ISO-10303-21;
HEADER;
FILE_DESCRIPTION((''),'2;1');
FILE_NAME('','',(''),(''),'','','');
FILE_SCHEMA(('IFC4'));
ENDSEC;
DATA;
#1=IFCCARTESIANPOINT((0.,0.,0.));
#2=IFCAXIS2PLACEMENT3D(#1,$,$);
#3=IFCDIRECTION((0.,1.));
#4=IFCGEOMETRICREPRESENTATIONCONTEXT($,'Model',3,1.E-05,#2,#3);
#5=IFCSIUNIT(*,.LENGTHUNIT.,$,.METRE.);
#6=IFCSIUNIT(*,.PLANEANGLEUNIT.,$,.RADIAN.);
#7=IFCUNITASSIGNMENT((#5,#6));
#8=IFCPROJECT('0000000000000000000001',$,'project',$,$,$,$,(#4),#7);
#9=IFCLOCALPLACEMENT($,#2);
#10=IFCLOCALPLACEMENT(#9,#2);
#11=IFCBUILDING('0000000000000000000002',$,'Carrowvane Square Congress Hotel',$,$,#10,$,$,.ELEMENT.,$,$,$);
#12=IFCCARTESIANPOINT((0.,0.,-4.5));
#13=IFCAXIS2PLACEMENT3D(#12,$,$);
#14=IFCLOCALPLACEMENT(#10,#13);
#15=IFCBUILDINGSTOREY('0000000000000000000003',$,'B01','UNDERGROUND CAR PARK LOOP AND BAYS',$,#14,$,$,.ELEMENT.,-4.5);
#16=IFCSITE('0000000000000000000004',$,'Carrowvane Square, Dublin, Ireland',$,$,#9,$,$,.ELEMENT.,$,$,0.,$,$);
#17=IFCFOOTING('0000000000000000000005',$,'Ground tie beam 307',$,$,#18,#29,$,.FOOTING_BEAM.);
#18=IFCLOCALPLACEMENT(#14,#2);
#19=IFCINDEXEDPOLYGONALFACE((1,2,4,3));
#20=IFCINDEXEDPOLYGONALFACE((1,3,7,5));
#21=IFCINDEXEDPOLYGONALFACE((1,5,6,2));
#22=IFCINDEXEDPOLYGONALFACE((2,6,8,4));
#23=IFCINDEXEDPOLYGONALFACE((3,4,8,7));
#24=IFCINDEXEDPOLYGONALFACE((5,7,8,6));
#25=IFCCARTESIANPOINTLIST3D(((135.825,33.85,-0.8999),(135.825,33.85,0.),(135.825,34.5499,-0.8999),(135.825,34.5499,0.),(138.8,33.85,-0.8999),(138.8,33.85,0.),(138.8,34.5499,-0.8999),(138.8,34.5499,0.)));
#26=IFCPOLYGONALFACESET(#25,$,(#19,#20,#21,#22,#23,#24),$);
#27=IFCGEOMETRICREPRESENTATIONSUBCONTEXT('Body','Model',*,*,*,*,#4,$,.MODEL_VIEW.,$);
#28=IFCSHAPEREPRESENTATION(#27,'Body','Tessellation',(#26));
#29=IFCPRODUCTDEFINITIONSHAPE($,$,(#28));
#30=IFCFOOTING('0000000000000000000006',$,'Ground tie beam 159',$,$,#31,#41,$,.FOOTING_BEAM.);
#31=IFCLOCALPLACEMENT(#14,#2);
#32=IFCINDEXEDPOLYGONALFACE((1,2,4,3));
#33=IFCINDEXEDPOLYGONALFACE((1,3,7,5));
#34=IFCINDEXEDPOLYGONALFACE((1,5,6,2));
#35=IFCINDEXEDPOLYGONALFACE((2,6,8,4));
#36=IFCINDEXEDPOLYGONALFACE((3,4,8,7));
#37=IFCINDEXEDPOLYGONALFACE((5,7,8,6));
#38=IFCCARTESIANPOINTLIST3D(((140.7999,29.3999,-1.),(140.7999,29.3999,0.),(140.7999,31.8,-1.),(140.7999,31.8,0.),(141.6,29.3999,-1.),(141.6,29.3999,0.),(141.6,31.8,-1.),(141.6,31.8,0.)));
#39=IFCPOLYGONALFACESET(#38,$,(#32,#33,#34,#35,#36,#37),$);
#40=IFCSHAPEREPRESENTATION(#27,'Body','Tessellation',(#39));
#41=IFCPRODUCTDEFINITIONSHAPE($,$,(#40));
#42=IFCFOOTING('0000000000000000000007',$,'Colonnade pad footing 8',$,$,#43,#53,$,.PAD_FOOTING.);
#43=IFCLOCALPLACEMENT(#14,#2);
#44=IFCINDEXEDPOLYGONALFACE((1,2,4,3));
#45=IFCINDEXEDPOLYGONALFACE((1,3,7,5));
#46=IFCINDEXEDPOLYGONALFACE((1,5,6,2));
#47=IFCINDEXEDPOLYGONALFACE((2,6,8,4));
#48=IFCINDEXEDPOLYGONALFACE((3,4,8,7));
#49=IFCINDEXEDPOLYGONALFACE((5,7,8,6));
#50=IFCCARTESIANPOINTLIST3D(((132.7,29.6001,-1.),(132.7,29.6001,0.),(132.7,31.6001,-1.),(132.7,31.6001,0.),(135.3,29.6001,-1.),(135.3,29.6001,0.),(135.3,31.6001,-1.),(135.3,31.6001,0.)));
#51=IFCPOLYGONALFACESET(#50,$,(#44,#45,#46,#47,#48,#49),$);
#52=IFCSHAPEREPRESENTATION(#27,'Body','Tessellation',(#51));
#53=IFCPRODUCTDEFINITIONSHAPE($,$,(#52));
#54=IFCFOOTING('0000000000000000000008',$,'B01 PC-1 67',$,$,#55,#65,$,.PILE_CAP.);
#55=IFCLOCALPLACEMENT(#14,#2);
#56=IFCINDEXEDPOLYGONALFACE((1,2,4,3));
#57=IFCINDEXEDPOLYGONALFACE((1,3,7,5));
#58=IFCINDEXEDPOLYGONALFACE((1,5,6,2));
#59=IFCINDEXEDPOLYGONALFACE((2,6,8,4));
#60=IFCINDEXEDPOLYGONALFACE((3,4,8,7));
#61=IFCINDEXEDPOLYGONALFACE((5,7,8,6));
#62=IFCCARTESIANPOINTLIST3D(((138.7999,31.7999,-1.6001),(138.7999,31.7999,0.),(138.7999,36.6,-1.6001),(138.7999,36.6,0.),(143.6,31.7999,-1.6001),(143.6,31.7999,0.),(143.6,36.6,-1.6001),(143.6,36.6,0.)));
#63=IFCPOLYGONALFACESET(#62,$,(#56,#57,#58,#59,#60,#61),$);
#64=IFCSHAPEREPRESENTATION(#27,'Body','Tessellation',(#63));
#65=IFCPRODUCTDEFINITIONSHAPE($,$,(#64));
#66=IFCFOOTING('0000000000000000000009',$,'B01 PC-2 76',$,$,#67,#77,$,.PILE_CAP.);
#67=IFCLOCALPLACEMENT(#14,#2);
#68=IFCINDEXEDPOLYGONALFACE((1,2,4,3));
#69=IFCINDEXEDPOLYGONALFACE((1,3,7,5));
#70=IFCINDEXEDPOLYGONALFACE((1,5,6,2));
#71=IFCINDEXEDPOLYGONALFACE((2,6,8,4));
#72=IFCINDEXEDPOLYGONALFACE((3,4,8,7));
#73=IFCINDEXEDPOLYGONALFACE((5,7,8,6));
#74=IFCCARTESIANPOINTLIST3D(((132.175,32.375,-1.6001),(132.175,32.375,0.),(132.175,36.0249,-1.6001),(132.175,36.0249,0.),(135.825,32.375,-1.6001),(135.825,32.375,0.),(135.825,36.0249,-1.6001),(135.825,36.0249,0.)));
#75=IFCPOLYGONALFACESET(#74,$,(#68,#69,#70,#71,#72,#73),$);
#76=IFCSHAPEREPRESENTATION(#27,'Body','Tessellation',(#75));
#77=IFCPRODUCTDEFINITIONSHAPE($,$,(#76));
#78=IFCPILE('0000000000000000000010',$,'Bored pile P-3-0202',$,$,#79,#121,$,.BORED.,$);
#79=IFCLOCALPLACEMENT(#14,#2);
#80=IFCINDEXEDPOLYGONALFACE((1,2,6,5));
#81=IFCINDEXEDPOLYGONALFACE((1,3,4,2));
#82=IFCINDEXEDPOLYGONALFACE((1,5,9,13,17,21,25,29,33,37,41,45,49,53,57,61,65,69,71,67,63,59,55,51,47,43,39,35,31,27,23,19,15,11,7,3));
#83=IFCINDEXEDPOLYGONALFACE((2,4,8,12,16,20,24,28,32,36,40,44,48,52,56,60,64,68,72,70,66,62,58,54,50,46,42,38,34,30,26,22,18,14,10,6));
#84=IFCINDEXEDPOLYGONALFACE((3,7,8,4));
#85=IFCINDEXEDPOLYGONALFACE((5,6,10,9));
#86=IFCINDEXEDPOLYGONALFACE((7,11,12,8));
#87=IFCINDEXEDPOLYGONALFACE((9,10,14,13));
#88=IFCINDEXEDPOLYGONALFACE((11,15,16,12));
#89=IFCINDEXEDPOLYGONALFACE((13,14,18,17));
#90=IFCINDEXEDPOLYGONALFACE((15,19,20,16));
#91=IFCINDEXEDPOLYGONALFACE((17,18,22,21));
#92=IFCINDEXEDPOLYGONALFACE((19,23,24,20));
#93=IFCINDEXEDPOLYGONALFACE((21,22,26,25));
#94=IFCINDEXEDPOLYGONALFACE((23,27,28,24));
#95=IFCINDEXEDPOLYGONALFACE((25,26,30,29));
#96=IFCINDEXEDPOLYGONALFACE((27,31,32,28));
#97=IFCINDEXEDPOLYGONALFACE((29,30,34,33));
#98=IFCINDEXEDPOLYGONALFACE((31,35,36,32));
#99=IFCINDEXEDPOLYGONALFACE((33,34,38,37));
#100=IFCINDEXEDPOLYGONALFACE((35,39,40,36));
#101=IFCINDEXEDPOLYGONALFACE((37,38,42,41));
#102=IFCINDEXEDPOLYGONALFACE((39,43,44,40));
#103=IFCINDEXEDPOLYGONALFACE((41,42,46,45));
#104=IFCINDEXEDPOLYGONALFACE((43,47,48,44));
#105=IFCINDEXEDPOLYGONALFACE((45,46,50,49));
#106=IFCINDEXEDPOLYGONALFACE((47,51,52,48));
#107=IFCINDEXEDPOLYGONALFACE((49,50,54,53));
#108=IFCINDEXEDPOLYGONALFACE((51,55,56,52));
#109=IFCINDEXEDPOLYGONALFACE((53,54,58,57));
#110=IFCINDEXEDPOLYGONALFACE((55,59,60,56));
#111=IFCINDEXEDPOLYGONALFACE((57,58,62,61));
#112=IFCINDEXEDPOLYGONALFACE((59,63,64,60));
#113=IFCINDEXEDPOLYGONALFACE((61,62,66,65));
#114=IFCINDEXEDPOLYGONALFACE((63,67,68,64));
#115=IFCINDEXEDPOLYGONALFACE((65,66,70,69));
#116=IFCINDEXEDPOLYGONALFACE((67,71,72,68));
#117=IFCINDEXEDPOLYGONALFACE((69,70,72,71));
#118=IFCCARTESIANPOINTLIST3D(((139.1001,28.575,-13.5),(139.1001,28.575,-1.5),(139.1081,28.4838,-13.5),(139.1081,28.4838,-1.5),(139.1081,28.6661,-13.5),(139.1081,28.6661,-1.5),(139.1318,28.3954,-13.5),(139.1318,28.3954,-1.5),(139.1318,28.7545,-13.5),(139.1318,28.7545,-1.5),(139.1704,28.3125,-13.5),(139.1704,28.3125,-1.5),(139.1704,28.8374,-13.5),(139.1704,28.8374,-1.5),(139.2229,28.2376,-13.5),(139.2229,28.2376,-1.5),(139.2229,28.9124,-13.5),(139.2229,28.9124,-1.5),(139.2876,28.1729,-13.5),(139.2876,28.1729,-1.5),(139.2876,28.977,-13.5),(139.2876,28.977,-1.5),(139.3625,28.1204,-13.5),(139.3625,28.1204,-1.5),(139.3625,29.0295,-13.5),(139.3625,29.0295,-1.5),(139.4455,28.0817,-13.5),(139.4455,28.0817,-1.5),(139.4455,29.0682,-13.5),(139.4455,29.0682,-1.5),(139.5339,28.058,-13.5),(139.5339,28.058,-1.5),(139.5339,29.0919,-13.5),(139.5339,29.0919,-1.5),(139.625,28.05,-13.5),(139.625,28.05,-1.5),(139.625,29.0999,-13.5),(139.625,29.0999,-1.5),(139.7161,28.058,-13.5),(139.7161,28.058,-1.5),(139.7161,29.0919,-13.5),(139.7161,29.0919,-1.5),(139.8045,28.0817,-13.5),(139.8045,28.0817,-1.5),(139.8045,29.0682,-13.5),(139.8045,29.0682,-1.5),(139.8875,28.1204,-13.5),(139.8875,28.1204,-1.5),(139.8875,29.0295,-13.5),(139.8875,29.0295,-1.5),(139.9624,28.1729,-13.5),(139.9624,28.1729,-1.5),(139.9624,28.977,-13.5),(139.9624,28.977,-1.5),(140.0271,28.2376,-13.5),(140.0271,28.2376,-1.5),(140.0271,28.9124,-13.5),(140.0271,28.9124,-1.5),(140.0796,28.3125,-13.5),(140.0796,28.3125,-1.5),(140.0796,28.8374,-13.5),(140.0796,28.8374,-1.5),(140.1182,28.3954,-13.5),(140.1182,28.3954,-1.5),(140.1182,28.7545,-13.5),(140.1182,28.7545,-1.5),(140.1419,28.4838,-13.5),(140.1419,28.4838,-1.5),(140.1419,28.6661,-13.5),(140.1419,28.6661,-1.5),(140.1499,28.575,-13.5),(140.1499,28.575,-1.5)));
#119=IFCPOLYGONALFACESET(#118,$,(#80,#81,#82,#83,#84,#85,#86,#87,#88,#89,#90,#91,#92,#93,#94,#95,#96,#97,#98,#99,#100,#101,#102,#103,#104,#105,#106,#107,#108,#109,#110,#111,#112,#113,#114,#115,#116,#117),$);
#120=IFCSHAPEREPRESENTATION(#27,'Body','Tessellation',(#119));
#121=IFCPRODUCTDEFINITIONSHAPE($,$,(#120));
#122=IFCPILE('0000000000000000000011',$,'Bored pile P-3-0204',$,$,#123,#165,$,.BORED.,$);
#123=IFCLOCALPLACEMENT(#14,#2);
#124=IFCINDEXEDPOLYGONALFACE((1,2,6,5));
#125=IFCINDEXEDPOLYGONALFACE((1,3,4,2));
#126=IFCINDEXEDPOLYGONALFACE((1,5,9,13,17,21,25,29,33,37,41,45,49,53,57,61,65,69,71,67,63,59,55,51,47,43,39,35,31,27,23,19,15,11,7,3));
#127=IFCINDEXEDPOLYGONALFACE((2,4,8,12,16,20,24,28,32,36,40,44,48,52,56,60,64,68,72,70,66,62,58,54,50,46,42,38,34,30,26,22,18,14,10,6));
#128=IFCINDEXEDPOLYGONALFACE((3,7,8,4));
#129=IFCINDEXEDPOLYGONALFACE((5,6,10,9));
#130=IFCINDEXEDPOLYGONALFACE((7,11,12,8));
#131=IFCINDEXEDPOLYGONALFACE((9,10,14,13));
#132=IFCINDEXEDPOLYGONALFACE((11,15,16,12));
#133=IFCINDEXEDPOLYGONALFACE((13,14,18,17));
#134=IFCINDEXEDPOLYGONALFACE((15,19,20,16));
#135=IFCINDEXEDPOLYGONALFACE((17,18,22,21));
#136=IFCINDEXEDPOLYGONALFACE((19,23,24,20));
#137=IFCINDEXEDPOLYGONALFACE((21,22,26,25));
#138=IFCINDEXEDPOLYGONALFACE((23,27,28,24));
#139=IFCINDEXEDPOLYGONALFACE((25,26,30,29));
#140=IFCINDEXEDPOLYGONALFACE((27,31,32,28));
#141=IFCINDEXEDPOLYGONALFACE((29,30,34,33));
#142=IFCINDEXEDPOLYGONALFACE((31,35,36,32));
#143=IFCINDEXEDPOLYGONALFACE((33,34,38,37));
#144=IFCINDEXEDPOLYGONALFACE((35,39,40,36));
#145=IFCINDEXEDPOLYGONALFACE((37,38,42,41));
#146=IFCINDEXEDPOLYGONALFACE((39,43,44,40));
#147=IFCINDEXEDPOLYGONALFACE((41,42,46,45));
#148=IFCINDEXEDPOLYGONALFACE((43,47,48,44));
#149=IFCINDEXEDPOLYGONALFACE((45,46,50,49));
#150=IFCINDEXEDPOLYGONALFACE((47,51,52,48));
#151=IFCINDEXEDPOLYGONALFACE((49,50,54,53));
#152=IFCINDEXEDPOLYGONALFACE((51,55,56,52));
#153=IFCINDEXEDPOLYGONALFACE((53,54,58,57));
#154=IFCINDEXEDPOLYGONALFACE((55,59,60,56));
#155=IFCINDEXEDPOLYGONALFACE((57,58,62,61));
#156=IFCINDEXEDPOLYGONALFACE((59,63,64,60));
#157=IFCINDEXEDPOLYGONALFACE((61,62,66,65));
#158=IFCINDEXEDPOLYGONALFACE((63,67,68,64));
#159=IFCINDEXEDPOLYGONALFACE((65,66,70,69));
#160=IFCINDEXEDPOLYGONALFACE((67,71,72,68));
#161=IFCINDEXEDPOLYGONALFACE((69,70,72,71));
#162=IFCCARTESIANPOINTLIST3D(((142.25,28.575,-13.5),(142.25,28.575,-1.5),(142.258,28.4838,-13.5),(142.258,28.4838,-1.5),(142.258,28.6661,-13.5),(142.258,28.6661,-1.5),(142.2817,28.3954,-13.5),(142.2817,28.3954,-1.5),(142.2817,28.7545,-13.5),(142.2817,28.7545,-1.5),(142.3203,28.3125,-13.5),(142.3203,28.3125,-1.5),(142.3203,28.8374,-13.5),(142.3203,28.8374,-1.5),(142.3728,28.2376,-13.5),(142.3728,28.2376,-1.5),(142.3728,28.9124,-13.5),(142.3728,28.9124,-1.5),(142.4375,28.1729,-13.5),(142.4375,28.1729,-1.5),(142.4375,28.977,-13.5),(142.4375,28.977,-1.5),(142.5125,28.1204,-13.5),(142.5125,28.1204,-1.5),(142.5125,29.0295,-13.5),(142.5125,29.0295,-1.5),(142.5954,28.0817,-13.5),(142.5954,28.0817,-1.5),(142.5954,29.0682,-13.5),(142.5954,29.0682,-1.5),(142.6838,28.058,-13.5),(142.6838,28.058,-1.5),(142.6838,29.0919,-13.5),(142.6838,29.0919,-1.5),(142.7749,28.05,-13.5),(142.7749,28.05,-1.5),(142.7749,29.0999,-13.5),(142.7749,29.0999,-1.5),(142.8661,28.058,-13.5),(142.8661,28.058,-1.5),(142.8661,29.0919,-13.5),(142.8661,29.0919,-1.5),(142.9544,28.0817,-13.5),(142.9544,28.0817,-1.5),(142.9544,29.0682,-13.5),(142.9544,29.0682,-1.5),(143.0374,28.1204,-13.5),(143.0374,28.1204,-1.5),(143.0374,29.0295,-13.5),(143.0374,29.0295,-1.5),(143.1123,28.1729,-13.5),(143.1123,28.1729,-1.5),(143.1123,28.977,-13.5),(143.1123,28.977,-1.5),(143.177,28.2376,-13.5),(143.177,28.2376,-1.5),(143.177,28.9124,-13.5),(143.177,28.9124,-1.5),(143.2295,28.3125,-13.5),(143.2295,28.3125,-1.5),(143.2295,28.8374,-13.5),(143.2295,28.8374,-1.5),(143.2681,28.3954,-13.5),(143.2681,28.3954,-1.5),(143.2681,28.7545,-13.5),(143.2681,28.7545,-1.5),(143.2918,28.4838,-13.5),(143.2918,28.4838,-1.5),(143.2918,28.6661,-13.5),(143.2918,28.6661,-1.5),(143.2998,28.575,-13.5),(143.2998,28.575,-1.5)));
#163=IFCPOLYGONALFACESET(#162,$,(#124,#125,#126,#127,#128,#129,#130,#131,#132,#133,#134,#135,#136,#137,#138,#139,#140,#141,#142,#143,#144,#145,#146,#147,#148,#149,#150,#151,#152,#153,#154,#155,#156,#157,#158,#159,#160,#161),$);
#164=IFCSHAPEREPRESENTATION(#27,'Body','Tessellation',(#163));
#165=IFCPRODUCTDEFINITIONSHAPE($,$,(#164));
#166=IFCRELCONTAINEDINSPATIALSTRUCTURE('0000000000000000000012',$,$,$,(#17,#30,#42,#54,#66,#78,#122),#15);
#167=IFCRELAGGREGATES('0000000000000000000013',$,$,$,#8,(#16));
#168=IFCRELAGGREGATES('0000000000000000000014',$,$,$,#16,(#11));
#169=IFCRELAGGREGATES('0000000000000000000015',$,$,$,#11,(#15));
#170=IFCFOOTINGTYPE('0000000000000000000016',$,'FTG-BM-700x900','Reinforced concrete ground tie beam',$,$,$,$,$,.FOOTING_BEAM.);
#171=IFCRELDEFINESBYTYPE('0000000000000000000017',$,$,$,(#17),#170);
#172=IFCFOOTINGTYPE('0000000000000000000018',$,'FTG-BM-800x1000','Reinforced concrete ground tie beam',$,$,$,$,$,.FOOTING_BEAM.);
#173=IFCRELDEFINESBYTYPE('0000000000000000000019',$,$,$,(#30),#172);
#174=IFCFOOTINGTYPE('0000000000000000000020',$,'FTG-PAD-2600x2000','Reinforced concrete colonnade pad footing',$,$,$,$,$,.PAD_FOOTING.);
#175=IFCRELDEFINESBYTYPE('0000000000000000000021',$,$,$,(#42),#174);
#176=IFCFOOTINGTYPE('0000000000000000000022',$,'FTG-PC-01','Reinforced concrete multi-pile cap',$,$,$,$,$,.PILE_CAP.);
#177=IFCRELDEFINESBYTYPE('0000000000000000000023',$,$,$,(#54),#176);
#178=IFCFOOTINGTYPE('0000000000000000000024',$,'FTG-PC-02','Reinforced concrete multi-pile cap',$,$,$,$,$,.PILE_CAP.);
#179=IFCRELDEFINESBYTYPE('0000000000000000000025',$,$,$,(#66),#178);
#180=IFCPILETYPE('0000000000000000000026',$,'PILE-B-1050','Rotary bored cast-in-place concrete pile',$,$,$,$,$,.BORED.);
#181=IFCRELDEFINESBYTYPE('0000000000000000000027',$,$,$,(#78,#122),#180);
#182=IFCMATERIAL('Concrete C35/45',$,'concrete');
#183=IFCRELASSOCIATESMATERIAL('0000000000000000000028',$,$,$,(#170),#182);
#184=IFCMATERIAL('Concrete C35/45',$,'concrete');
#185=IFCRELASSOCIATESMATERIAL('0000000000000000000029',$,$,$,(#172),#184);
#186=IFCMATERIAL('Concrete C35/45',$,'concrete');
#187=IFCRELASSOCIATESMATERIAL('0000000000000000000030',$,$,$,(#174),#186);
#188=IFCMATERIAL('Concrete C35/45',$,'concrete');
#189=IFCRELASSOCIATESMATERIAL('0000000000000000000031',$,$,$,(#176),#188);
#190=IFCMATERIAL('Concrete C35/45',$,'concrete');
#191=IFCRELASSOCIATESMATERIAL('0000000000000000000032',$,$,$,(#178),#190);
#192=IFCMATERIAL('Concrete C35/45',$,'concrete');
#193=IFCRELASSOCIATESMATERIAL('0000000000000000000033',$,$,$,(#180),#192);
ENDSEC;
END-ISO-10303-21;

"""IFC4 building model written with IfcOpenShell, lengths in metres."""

from ifc_helpers import new_model, si_unit, direction, frame, origin, origin_2d, place, context, subcontext, project, spatial, rectangle, circle, extrude, material, material_profile, profile_set, type_object, element, save


model = new_model("IFC4")

# Units and contexts
model_context = context("Model", 3, precision=1e-05, world=origin(), true_north=direction((0.0, 1.0)))
body_context = subcontext(model_context, "Body", "Model", "MODEL_VIEW")
ifc_project = project(units=[si_unit("LENGTHUNIT", "METRE"), si_unit("PLANEANGLEUNIT", "RADIAN")], contexts=[model_context])

# Site, building, storey
site_placement = place(None, origin())
site = spatial("IfcSite", under=ifc_project, at=site_placement, Name="Carrowvane Square, Dublin, Ireland", CompositionType="ELEMENT", RefElevation=0.0)
building_placement = place(site_placement, origin())
building = spatial("IfcBuilding", under=site, at=building_placement, Name="Carrowvane Square Congress Hotel", CompositionType="ELEMENT")
storey_placement = place(building_placement, frame((0.0, 0.0, -4.5)))
storey = spatial("IfcBuildingStorey", under=building, at=storey_placement, Name="B01", Description="UNDERGROUND CAR PARK LOOP AND BAYS", CompositionType="ELEMENT", Elevation=-4.5)

# Footings
ifc_material_1 = material(Name="Concrete C35/45", Category="concrete")
ifc_material_profile_1 = material_profile(ifc_material_1, rectangle(XDim=0.7, YDim=0.8999, at=origin_2d()), Name="RC 700x900")
ifc_profile_set_1 = profile_set([ifc_material_profile_1], Name="Concrete C35/45")
footing_type_1 = type_object("IfcFootingType", Name="FTG-BM-700x900", Description="Reinforced concrete ground tie beam", PredefinedType="FOOTING_BEAM", material=ifc_profile_set_1)
footing_1_placement = place(storey_placement, frame((135.825, 34.2, -0.45), z_axis=(1.0, 0.0, 0.0), x_axis=(0.0, 1.0, 0.0)))
element("IfcFooting", 1, at=footing_1_placement, inside=storey, type_object=footing_type_1, Name="Ground tie beam 307", PredefinedType="FOOTING_BEAM", context=body_context, shape_type="SweptSolid", body=[
    extrude(rectangle(XDim=0.7, YDim=0.8999, at=origin_2d()), origin(), (0.0, 0.0, 1.0), 2.9751),
])
ifc_material_2 = material(Name="Concrete C35/45", Category="concrete")
ifc_material_profile_2 = material_profile(ifc_material_2, rectangle(XDim=0.8, YDim=1.0, at=origin_2d()), Name="RC 800x1000")
ifc_profile_set_2 = profile_set([ifc_material_profile_2], Name="Concrete C35/45")
footing_type_2 = type_object("IfcFootingType", Name="FTG-BM-800x1000", Description="Reinforced concrete ground tie beam", PredefinedType="FOOTING_BEAM", material=ifc_profile_set_2)
footing_2_placement = place(storey_placement, frame((141.2, 29.3999, -0.5), z_axis=(0.0, 1.0, 0.0), x_axis=(-1.0, 0.0, 0.0)))
element("IfcFooting", 2, at=footing_2_placement, inside=storey, type_object=footing_type_2, Name="Ground tie beam 159", PredefinedType="FOOTING_BEAM", context=body_context, shape_type="SweptSolid", body=[
    extrude(rectangle(XDim=0.8, YDim=1.0, at=origin_2d()), origin(), (0.0, 0.0, 1.0), 2.4001),
])
ifc_material_3 = material(Name="Concrete C35/45", Category="concrete")
footing_type_3 = type_object("IfcFootingType", Name="FTG-PAD-2600x2000", Description="Reinforced concrete colonnade pad footing", PredefinedType="PAD_FOOTING", material=ifc_material_3)
footing_3_placement = place(storey_placement, frame((134.0, 30.6001, -1.0), z_axis=(0.0, 0.0, 1.0), x_axis=(1.0, 0.0, 0.0)))
element("IfcFooting", 3, at=footing_3_placement, inside=storey, type_object=footing_type_3, Name="Colonnade pad footing 8", PredefinedType="PAD_FOOTING", context=body_context, shape_type="SweptSolid", body=[
    extrude(rectangle(XDim=2.6001, YDim=2.0, at=origin_2d()), origin(), (0.0, 0.0, 1.0), 1.0),
])
ifc_material_4 = material(Name="Concrete C35/45", Category="concrete")
footing_type_4 = type_object("IfcFootingType", Name="FTG-PC-01", Description="Reinforced concrete multi-pile cap", PredefinedType="PILE_CAP", material=ifc_material_4)
footing_4_placement = place(storey_placement, frame((141.2, 34.2, -1.6001), z_axis=(0.0, 0.0, 1.0), x_axis=(1.0, 0.0, 0.0)))
element("IfcFooting", 4, at=footing_4_placement, inside=storey, type_object=footing_type_4, Name="B01 PC-1 67", PredefinedType="PILE_CAP", context=body_context, shape_type="SweptSolid", body=[
    extrude(rectangle(XDim=4.8, YDim=4.8, at=origin_2d()), origin(), (0.0, 0.0, 1.0), 1.6001),
])
ifc_material_5 = material(Name="Concrete C35/45", Category="concrete")
footing_type_5 = type_object("IfcFootingType", Name="FTG-PC-02", Description="Reinforced concrete multi-pile cap", PredefinedType="PILE_CAP", material=ifc_material_5)
footing_5_placement = place(storey_placement, frame((134.0, 34.2, -1.6001), z_axis=(0.0, 0.0, 1.0), x_axis=(1.0, 0.0, 0.0)))
element("IfcFooting", 5, at=footing_5_placement, inside=storey, type_object=footing_type_5, Name="B01 PC-2 76", PredefinedType="PILE_CAP", context=body_context, shape_type="SweptSolid", body=[
    extrude(rectangle(XDim=3.6499, YDim=3.6499, at=origin_2d()), origin(), (0.0, 0.0, 1.0), 1.6001),
])

# Piles
ifc_material_6 = material(Name="Concrete C35/45", Category="concrete")
ifc_material_profile_3 = material_profile(ifc_material_6, circle(Radius=0.5249, at=origin_2d()), Name="PILE D1050")
ifc_profile_set_3 = profile_set([ifc_material_profile_3], Name="Concrete C35/45")
pile_type_1 = type_object("IfcPileType", Name="PILE-B-1050", Description="Rotary bored cast-in-place concrete pile", PredefinedType="BORED", material=ifc_profile_set_3)
for number, where, z_axis, x_axis, name in (
    (6, (139.625, 28.575, -1.5), (0.0, 0.0, -1.0), (1.0, 0.0, 0.0), "Bored pile P-3-0202"),
    (7, (142.7749, 28.575, -1.5), (0.0, 0.0, -1.0), (1.0, 0.0, 0.0), "Bored pile P-3-0204"),
):
    element("IfcPile", number, at=place(storey_placement, frame(where, z_axis=z_axis, x_axis=x_axis)), inside=storey, type_object=pile_type_1, Name=name, PredefinedType="BORED", context=body_context, shape_type="SweptSolid", body=[
        extrude(circle(Radius=0.5249, at=origin_2d()), origin(), (0.0, 0.0, 1.0), 12.0),
    ])

save(model, "model.ifc")
